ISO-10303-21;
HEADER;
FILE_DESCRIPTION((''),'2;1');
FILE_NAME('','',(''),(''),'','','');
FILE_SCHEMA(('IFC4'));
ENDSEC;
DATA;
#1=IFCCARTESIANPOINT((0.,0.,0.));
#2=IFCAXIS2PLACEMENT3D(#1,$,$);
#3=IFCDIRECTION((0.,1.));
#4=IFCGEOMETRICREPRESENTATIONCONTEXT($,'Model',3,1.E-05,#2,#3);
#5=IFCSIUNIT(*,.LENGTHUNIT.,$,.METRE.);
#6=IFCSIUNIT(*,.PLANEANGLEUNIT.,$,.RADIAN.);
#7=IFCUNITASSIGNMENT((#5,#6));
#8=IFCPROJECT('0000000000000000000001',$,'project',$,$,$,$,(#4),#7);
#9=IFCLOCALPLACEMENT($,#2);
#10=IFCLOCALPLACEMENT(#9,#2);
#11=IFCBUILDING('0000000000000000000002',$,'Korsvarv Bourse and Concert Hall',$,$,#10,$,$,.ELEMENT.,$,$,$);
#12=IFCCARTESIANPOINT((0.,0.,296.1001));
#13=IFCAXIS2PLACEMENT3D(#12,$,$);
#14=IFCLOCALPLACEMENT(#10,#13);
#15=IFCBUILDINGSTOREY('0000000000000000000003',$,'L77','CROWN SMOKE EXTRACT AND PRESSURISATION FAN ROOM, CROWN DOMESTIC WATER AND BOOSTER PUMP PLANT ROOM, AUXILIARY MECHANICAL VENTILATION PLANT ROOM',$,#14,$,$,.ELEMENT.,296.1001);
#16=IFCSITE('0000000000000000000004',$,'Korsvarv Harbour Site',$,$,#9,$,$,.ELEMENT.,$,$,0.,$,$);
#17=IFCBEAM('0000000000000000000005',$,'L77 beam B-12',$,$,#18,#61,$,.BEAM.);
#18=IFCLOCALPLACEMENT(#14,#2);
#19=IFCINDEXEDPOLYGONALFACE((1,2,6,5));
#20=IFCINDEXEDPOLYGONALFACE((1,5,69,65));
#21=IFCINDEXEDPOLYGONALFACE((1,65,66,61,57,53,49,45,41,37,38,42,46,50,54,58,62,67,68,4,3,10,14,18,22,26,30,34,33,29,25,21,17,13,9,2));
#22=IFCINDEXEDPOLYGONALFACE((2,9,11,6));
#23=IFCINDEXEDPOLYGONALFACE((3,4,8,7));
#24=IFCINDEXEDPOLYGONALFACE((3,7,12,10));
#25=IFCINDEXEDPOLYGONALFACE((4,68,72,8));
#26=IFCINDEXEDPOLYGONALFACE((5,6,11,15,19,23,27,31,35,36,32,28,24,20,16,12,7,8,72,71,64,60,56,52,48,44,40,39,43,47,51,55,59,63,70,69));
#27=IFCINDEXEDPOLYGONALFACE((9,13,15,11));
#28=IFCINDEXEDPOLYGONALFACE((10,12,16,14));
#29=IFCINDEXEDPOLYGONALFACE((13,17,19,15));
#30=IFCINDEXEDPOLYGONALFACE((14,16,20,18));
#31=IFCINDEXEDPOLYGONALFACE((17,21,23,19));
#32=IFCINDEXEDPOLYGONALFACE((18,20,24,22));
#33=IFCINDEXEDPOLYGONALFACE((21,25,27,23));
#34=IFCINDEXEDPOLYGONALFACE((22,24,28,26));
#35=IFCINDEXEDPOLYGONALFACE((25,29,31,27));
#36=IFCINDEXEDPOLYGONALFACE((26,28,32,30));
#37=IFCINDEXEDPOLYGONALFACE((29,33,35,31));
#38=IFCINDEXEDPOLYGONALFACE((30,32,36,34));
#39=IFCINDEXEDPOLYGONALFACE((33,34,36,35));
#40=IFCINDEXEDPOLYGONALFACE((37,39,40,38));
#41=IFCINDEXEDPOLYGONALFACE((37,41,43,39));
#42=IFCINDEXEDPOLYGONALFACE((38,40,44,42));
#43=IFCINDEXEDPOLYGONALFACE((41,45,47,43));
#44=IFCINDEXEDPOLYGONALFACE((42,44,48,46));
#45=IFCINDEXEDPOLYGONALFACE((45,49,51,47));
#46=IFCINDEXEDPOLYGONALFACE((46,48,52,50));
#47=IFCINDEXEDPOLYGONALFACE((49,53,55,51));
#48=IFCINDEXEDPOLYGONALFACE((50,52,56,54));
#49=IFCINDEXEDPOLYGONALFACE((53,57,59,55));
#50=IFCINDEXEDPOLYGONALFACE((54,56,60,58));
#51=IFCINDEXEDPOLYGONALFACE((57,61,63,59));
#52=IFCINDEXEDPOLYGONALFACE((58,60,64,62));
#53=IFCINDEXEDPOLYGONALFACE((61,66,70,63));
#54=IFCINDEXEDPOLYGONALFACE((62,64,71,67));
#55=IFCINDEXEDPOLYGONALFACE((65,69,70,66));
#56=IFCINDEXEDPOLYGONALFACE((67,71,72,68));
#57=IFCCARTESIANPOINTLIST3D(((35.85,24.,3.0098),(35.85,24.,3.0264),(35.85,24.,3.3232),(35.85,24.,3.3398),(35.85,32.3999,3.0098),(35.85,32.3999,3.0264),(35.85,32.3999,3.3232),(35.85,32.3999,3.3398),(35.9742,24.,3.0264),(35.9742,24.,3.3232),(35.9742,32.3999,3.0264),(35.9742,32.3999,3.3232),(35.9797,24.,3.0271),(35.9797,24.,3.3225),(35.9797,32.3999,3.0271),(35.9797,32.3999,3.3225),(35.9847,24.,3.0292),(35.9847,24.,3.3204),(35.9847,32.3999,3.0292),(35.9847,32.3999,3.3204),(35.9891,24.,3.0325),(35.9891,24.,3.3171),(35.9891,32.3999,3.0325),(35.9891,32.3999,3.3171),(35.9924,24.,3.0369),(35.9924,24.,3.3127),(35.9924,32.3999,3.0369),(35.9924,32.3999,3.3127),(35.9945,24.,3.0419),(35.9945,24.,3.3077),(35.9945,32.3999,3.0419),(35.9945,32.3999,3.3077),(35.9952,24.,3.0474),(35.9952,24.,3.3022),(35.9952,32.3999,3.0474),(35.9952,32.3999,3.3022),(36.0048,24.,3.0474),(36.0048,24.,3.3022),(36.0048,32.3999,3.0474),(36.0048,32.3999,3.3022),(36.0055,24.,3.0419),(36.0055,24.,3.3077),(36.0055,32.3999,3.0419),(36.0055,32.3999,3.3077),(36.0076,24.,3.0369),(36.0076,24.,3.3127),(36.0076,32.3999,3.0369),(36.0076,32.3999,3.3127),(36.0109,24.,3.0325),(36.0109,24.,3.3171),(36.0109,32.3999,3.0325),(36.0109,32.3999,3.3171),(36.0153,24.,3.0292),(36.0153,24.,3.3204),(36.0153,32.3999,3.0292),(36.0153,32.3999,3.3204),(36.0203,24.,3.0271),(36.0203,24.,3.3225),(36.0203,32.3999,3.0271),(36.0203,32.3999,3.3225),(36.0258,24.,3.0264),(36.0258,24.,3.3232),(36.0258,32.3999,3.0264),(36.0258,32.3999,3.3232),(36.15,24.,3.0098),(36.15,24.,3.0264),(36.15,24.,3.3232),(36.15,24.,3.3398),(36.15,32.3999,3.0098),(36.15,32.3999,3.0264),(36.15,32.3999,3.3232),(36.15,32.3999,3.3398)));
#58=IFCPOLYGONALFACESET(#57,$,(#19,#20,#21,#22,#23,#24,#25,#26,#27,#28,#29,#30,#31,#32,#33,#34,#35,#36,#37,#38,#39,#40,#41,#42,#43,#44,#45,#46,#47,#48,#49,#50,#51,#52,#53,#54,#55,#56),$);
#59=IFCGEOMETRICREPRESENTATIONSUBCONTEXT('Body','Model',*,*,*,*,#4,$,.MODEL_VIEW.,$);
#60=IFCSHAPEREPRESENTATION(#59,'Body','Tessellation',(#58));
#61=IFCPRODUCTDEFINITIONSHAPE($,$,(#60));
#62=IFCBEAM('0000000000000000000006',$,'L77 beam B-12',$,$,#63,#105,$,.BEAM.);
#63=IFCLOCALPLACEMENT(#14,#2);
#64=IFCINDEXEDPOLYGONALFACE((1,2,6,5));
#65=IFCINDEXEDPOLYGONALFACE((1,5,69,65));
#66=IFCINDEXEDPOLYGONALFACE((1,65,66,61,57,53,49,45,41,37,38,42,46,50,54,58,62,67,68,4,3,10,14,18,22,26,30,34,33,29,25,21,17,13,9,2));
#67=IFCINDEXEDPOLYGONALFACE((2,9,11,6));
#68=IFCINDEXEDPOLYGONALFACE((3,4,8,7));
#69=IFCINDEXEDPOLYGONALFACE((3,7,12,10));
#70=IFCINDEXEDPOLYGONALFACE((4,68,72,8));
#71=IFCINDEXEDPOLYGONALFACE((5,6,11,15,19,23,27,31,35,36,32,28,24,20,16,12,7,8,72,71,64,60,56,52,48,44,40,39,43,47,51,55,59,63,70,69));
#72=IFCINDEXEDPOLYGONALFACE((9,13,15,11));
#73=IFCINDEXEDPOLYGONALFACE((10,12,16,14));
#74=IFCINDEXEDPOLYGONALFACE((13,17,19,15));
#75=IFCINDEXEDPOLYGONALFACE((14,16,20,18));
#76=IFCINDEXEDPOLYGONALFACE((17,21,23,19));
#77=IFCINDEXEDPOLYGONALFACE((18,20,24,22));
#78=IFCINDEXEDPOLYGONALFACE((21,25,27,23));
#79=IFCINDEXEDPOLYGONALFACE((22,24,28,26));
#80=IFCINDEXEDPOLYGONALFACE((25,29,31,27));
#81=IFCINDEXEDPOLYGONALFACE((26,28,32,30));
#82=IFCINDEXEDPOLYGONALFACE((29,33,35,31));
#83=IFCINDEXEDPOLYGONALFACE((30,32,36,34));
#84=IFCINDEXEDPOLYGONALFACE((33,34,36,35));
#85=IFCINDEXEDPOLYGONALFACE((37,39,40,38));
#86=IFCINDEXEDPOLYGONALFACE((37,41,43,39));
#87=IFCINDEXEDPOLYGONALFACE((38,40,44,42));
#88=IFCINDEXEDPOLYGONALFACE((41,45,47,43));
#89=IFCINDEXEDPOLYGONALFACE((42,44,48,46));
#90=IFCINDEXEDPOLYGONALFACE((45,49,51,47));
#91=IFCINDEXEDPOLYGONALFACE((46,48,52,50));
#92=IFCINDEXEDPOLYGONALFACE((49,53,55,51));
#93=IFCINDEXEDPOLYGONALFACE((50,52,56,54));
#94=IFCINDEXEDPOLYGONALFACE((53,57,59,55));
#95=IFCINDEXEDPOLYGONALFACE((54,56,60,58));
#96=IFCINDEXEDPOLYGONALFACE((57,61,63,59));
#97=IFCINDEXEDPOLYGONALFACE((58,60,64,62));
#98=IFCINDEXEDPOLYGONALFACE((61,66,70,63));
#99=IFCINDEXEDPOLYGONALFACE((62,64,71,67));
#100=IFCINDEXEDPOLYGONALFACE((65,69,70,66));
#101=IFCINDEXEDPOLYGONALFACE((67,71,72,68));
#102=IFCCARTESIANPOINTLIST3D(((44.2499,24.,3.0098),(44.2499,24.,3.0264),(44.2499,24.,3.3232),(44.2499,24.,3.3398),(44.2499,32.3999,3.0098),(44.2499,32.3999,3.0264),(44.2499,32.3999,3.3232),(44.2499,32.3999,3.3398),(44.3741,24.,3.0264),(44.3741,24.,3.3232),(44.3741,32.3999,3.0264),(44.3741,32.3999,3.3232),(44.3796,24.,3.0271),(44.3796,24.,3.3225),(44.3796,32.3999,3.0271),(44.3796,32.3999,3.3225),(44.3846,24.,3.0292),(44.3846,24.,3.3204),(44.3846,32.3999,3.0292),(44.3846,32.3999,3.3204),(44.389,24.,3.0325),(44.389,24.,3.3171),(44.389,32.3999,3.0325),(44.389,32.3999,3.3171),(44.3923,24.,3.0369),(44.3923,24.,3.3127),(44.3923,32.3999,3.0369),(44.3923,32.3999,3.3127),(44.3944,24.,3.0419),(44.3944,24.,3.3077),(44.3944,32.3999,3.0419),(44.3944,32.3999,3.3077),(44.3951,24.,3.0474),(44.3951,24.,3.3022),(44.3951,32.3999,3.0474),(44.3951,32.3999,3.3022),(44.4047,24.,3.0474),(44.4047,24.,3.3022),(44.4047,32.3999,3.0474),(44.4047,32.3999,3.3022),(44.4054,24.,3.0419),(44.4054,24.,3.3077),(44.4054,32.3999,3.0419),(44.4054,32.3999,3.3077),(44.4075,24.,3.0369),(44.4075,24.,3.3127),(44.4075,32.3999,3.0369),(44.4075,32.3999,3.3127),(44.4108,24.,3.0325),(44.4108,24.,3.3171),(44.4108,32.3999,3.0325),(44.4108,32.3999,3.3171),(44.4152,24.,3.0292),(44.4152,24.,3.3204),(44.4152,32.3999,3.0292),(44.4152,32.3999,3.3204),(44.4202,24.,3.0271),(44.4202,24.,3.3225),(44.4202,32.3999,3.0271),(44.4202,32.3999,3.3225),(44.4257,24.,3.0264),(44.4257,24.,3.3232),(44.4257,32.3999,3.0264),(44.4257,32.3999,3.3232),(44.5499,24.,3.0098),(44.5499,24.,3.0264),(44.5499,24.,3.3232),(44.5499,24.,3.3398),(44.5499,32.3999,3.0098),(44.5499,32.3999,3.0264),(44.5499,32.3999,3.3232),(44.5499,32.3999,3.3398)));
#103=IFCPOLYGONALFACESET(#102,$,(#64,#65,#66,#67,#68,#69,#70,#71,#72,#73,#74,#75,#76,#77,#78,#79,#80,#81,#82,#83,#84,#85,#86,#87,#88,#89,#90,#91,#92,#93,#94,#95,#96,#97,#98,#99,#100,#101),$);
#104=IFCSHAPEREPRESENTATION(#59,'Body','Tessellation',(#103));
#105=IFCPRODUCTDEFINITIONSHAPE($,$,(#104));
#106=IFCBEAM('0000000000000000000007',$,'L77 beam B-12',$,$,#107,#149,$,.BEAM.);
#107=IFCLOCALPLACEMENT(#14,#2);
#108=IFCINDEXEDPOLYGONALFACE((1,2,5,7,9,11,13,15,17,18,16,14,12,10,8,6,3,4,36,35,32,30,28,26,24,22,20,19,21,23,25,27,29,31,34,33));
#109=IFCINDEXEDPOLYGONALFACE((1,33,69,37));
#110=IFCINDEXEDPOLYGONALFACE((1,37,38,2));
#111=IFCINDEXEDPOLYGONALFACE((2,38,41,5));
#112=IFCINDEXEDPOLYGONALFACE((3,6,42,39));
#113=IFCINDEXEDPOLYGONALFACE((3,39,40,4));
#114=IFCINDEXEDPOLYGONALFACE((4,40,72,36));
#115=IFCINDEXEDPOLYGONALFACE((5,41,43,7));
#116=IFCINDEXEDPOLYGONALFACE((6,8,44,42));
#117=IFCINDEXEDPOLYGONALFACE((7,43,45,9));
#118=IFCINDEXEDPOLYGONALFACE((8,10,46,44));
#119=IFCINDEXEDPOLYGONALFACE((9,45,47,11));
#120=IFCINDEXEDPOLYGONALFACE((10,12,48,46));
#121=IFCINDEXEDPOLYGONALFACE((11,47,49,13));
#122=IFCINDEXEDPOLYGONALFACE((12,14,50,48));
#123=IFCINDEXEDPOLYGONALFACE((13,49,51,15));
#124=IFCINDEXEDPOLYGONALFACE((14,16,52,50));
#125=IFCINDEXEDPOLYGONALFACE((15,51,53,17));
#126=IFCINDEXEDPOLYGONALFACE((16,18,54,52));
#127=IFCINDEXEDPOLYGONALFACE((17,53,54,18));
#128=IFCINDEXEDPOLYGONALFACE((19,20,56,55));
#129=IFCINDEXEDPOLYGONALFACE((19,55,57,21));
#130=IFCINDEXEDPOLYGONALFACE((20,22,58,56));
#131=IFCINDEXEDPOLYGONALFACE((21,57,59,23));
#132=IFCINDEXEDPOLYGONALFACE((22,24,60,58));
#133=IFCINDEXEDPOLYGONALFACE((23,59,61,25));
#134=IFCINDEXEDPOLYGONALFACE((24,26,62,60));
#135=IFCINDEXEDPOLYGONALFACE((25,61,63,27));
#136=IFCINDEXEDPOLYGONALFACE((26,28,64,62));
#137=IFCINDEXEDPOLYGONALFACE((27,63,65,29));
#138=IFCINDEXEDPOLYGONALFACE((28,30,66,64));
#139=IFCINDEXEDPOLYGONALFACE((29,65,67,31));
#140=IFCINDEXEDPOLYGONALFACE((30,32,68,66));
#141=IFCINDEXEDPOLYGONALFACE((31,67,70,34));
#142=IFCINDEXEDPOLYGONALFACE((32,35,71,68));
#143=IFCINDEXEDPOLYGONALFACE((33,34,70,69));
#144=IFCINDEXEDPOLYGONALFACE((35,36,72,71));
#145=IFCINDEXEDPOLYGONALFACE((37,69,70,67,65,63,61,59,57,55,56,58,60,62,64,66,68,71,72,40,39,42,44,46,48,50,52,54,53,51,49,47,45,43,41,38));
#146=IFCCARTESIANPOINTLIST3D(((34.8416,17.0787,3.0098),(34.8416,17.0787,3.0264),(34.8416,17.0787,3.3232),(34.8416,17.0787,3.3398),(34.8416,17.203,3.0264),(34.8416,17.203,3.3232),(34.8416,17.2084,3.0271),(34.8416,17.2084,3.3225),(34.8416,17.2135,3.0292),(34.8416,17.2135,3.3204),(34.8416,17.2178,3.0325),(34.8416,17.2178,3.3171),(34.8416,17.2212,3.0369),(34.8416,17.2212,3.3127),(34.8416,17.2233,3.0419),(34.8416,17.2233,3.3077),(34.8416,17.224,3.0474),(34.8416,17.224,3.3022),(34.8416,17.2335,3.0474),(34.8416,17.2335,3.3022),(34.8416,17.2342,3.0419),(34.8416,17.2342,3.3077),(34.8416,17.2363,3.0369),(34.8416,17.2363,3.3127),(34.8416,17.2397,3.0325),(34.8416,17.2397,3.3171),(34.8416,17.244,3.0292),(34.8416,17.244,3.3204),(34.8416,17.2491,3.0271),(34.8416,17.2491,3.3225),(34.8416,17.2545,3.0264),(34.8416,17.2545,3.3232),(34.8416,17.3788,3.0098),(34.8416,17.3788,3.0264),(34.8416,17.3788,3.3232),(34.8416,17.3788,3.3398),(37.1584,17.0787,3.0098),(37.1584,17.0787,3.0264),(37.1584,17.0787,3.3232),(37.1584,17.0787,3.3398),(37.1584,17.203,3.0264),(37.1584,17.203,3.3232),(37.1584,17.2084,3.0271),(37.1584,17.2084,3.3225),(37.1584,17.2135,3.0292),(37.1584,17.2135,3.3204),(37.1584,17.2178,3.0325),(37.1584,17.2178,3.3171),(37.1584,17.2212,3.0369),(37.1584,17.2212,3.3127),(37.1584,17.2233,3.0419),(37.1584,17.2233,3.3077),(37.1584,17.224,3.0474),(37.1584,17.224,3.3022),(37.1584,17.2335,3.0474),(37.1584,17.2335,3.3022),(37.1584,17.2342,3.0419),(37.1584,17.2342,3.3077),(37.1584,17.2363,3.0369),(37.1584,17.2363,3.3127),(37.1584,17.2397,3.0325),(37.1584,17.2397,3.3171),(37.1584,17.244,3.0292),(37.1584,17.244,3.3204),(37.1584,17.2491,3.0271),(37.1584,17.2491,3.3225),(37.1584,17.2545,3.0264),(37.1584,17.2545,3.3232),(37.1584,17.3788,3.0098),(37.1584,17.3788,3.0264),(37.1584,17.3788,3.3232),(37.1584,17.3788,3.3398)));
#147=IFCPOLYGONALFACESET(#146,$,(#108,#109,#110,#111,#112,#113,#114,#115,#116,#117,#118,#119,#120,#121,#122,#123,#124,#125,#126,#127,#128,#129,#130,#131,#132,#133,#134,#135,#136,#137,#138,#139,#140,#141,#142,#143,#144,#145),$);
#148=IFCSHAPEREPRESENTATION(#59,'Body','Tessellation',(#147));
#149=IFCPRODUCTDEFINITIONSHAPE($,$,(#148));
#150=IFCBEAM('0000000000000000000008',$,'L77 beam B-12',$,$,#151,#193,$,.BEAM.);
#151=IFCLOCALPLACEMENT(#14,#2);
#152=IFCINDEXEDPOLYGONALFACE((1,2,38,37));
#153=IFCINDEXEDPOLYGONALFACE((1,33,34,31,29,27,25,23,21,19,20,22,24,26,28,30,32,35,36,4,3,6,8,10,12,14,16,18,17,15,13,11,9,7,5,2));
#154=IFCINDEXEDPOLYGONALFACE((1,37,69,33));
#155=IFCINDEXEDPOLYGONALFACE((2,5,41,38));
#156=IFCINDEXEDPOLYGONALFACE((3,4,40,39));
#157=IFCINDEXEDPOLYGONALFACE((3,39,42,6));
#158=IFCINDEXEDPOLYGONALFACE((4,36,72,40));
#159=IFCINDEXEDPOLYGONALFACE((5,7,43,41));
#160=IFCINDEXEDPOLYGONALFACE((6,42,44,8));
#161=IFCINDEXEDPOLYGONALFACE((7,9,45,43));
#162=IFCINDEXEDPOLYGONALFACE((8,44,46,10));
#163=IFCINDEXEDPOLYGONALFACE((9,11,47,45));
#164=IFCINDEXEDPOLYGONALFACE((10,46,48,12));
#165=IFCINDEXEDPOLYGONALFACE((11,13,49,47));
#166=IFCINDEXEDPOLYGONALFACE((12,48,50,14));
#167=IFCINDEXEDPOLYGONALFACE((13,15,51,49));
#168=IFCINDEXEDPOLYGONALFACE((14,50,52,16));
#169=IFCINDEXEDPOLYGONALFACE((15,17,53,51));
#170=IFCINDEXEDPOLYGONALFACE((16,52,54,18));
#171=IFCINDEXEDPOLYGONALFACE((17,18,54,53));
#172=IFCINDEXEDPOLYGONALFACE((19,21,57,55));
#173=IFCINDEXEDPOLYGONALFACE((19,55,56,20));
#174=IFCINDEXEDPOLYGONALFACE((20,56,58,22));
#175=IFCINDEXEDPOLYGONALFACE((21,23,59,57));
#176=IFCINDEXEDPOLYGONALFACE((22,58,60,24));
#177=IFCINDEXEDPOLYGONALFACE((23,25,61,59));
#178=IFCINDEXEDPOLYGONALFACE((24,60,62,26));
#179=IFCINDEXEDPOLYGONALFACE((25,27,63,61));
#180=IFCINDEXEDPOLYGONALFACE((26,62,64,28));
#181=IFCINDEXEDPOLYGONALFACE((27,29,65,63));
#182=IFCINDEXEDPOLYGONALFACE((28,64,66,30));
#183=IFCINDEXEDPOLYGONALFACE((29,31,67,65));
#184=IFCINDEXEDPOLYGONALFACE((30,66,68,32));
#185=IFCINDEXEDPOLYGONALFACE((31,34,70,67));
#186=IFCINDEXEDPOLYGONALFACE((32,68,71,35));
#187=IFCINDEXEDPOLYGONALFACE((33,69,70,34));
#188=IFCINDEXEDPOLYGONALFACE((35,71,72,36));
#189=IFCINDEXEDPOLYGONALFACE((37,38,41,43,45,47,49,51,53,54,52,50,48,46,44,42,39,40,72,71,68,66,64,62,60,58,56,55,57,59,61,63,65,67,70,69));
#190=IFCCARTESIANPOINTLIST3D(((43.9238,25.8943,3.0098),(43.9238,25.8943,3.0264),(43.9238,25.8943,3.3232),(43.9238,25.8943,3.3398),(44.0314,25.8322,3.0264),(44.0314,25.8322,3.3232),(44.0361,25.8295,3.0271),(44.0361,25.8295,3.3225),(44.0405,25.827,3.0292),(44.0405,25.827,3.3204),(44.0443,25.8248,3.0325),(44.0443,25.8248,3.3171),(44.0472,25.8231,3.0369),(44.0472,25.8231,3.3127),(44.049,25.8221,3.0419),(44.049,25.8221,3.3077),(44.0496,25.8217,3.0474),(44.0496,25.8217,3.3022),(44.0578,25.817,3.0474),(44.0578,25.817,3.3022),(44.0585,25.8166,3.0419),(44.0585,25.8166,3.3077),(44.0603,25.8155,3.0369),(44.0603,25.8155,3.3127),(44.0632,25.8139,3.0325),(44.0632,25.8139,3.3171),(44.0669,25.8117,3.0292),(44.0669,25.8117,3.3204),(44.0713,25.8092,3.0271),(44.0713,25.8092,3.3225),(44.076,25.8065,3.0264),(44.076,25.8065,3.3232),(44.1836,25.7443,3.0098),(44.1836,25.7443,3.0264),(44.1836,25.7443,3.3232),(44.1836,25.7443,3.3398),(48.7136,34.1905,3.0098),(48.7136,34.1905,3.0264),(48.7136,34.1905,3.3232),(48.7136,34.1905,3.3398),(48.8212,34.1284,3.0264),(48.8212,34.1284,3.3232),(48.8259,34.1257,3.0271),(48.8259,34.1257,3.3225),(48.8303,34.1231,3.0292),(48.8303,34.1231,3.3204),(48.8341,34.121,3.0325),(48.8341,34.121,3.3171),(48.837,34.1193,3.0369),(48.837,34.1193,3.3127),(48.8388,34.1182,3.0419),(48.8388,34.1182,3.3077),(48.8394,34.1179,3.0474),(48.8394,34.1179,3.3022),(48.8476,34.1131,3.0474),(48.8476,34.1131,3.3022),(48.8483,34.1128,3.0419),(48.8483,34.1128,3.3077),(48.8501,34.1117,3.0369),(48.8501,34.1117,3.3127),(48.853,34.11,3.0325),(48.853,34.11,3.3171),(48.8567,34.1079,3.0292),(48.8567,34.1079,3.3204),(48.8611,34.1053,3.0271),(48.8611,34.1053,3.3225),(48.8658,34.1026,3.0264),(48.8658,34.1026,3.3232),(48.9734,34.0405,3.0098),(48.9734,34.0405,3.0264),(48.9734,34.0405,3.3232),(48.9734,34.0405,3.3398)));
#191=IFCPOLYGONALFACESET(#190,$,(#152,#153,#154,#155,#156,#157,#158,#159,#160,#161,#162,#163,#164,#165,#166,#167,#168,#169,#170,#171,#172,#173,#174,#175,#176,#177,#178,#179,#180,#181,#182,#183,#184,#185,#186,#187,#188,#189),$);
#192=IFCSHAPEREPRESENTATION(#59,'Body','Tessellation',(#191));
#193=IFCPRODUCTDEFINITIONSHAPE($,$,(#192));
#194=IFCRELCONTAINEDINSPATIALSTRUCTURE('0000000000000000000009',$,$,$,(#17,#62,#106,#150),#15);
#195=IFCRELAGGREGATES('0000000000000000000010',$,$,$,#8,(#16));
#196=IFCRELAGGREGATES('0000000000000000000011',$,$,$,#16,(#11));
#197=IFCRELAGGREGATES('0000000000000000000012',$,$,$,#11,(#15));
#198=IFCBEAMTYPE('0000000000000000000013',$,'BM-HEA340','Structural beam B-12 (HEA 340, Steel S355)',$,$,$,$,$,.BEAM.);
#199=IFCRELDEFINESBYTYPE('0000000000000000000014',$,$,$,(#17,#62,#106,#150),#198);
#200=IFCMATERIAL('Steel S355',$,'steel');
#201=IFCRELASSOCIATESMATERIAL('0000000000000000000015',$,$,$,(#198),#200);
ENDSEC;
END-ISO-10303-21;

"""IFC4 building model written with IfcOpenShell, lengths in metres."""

from ifc_helpers import new_model, si_unit, direction, frame, origin, origin_2d, place, context, subcontext, project, spatial, i_section, extrude, source, transform, mapped, material, material_profile, profile_set, type_object, element, save


model = new_model("IFC4")

# Units and contexts
model_context = context("Model", 3, precision=1e-05, world=origin(), true_north=direction((0.0, 1.0)))
body_context = subcontext(model_context, "Body", "Model", "MODEL_VIEW")
ifc_project = project(units=[si_unit("LENGTHUNIT", "METRE"), si_unit("PLANEANGLEUNIT", "RADIAN")], contexts=[model_context])

# Site, building, storey
site_placement = place(None, origin())
site = spatial("IfcSite", under=ifc_project, at=site_placement, Name="Korsvarv Harbour Site", CompositionType="ELEMENT", RefElevation=0.0)
building_placement = place(site_placement, origin())
building = spatial("IfcBuilding", under=site, at=building_placement, Name="Korsvarv Bourse and Concert Hall", CompositionType="ELEMENT")
storey_placement = place(building_placement, frame((0.0, 0.0, 296.1001)))
storey = spatial("IfcBuildingStorey", under=building, at=storey_placement, Name="L77", Description="CROWN SMOKE EXTRACT AND PRESSURISATION FAN ROOM, CROWN DOMESTIC WATER AND BOOSTER PUMP PLANT ROOM, AUXILIARY MECHANICAL VENTILATION PLANT ROOM", CompositionType="ELEMENT", Elevation=296.1001)

# Shared definitions
ifc_material_1 = material(Name="Steel S355", Category="steel")

# Beams
ifc_material_profile_1 = material_profile(ifc_material_1, i_section(OverallWidth=0.3, OverallDepth=0.3301, WebThickness=0.0095, FlangeThickness=0.0166, FilletRadius=0.021, at=origin_2d()), Name="HEA 340")
ifc_profile_set_1 = profile_set([ifc_material_profile_1], Name="Steel S355")
beam_type = type_object("IfcBeamType", Name="BM-HEA340", Description="Structural beam B-12 (HEA 340, Steel S355)", PredefinedType="BEAM", material=ifc_profile_set_1)
shared_shape_1 = source(origin(), body_context, "Body", "SweptSolid", [
    extrude(i_section(OverallWidth=0.3, OverallDepth=0.3301, WebThickness=0.0095, FlangeThickness=0.0166, FilletRadius=0.021, at=origin_2d()), origin(), (0.0, 0.0, 1.0), 8.3999),
])
for number, where, z_axis, x_axis, name in (
    (1, (36.0, 24.0, 3.1748), (0.0, 1.0, 0.0), (-1.0, 0.0, 0.0), "L77 beam B-12"),
    (2, (44.3999, 24.0, 3.1748), (0.0, 1.0, 0.0), (-1.0, 0.0, 0.0), "L77 beam B-12"),
):
    element("IfcBeam", number, at=place(storey_placement, frame(where, z_axis=z_axis, x_axis=x_axis)), inside=storey, type_object=beam_type, Name=name, PredefinedType="BEAM", context=body_context, shape_type="MappedRepresentation", body=[
        mapped(shared_shape_1, transform((0.0, 0.0, 0.0), scale=1.0)),
    ])
shared_shape_2 = source(origin(), body_context, "Body", "SweptSolid", [
    extrude(i_section(OverallWidth=0.3, OverallDepth=0.3301, WebThickness=0.0095, FlangeThickness=0.0166, FilletRadius=0.021, at=origin_2d()), origin(), (0.0, 0.0, 1.0), 2.3169),
])
beam_1_placement = place(storey_placement, frame((34.8416, 17.2288, 3.1748), z_axis=(1.0, 0.0, 0.0), x_axis=(0.0, 1.0, 0.0)))
element("IfcBeam", 3, at=beam_1_placement, inside=storey, type_object=beam_type, Name="L77 beam B-12", PredefinedType="BEAM", context=body_context, shape_type="MappedRepresentation", body=[
    mapped(shared_shape_2, transform((0.0, 0.0, 0.0), scale=1.0)),
])
shared_shape_3 = source(origin(), body_context, "Body", "SweptSolid", [
    extrude(i_section(OverallWidth=0.3, OverallDepth=0.3301, WebThickness=0.0095, FlangeThickness=0.0166, FilletRadius=0.021, at=origin_2d()), origin(), (0.0, 0.0, 1.0), 9.5796),
])
beam_2_placement = place(storey_placement, frame((44.0537, 25.8193, 3.1748), z_axis=(0.500001, 0.866025, 0.0), x_axis=(-0.866025, 0.500001, 0.0)))
element("IfcBeam", 4, at=beam_2_placement, inside=storey, type_object=beam_type, Name="L77 beam B-12", PredefinedType="BEAM", context=body_context, shape_type="MappedRepresentation", body=[
    mapped(shared_shape_3, transform((0.0, 0.0, 0.0), scale=1.0)),
])

save(model, "model.ifc")
